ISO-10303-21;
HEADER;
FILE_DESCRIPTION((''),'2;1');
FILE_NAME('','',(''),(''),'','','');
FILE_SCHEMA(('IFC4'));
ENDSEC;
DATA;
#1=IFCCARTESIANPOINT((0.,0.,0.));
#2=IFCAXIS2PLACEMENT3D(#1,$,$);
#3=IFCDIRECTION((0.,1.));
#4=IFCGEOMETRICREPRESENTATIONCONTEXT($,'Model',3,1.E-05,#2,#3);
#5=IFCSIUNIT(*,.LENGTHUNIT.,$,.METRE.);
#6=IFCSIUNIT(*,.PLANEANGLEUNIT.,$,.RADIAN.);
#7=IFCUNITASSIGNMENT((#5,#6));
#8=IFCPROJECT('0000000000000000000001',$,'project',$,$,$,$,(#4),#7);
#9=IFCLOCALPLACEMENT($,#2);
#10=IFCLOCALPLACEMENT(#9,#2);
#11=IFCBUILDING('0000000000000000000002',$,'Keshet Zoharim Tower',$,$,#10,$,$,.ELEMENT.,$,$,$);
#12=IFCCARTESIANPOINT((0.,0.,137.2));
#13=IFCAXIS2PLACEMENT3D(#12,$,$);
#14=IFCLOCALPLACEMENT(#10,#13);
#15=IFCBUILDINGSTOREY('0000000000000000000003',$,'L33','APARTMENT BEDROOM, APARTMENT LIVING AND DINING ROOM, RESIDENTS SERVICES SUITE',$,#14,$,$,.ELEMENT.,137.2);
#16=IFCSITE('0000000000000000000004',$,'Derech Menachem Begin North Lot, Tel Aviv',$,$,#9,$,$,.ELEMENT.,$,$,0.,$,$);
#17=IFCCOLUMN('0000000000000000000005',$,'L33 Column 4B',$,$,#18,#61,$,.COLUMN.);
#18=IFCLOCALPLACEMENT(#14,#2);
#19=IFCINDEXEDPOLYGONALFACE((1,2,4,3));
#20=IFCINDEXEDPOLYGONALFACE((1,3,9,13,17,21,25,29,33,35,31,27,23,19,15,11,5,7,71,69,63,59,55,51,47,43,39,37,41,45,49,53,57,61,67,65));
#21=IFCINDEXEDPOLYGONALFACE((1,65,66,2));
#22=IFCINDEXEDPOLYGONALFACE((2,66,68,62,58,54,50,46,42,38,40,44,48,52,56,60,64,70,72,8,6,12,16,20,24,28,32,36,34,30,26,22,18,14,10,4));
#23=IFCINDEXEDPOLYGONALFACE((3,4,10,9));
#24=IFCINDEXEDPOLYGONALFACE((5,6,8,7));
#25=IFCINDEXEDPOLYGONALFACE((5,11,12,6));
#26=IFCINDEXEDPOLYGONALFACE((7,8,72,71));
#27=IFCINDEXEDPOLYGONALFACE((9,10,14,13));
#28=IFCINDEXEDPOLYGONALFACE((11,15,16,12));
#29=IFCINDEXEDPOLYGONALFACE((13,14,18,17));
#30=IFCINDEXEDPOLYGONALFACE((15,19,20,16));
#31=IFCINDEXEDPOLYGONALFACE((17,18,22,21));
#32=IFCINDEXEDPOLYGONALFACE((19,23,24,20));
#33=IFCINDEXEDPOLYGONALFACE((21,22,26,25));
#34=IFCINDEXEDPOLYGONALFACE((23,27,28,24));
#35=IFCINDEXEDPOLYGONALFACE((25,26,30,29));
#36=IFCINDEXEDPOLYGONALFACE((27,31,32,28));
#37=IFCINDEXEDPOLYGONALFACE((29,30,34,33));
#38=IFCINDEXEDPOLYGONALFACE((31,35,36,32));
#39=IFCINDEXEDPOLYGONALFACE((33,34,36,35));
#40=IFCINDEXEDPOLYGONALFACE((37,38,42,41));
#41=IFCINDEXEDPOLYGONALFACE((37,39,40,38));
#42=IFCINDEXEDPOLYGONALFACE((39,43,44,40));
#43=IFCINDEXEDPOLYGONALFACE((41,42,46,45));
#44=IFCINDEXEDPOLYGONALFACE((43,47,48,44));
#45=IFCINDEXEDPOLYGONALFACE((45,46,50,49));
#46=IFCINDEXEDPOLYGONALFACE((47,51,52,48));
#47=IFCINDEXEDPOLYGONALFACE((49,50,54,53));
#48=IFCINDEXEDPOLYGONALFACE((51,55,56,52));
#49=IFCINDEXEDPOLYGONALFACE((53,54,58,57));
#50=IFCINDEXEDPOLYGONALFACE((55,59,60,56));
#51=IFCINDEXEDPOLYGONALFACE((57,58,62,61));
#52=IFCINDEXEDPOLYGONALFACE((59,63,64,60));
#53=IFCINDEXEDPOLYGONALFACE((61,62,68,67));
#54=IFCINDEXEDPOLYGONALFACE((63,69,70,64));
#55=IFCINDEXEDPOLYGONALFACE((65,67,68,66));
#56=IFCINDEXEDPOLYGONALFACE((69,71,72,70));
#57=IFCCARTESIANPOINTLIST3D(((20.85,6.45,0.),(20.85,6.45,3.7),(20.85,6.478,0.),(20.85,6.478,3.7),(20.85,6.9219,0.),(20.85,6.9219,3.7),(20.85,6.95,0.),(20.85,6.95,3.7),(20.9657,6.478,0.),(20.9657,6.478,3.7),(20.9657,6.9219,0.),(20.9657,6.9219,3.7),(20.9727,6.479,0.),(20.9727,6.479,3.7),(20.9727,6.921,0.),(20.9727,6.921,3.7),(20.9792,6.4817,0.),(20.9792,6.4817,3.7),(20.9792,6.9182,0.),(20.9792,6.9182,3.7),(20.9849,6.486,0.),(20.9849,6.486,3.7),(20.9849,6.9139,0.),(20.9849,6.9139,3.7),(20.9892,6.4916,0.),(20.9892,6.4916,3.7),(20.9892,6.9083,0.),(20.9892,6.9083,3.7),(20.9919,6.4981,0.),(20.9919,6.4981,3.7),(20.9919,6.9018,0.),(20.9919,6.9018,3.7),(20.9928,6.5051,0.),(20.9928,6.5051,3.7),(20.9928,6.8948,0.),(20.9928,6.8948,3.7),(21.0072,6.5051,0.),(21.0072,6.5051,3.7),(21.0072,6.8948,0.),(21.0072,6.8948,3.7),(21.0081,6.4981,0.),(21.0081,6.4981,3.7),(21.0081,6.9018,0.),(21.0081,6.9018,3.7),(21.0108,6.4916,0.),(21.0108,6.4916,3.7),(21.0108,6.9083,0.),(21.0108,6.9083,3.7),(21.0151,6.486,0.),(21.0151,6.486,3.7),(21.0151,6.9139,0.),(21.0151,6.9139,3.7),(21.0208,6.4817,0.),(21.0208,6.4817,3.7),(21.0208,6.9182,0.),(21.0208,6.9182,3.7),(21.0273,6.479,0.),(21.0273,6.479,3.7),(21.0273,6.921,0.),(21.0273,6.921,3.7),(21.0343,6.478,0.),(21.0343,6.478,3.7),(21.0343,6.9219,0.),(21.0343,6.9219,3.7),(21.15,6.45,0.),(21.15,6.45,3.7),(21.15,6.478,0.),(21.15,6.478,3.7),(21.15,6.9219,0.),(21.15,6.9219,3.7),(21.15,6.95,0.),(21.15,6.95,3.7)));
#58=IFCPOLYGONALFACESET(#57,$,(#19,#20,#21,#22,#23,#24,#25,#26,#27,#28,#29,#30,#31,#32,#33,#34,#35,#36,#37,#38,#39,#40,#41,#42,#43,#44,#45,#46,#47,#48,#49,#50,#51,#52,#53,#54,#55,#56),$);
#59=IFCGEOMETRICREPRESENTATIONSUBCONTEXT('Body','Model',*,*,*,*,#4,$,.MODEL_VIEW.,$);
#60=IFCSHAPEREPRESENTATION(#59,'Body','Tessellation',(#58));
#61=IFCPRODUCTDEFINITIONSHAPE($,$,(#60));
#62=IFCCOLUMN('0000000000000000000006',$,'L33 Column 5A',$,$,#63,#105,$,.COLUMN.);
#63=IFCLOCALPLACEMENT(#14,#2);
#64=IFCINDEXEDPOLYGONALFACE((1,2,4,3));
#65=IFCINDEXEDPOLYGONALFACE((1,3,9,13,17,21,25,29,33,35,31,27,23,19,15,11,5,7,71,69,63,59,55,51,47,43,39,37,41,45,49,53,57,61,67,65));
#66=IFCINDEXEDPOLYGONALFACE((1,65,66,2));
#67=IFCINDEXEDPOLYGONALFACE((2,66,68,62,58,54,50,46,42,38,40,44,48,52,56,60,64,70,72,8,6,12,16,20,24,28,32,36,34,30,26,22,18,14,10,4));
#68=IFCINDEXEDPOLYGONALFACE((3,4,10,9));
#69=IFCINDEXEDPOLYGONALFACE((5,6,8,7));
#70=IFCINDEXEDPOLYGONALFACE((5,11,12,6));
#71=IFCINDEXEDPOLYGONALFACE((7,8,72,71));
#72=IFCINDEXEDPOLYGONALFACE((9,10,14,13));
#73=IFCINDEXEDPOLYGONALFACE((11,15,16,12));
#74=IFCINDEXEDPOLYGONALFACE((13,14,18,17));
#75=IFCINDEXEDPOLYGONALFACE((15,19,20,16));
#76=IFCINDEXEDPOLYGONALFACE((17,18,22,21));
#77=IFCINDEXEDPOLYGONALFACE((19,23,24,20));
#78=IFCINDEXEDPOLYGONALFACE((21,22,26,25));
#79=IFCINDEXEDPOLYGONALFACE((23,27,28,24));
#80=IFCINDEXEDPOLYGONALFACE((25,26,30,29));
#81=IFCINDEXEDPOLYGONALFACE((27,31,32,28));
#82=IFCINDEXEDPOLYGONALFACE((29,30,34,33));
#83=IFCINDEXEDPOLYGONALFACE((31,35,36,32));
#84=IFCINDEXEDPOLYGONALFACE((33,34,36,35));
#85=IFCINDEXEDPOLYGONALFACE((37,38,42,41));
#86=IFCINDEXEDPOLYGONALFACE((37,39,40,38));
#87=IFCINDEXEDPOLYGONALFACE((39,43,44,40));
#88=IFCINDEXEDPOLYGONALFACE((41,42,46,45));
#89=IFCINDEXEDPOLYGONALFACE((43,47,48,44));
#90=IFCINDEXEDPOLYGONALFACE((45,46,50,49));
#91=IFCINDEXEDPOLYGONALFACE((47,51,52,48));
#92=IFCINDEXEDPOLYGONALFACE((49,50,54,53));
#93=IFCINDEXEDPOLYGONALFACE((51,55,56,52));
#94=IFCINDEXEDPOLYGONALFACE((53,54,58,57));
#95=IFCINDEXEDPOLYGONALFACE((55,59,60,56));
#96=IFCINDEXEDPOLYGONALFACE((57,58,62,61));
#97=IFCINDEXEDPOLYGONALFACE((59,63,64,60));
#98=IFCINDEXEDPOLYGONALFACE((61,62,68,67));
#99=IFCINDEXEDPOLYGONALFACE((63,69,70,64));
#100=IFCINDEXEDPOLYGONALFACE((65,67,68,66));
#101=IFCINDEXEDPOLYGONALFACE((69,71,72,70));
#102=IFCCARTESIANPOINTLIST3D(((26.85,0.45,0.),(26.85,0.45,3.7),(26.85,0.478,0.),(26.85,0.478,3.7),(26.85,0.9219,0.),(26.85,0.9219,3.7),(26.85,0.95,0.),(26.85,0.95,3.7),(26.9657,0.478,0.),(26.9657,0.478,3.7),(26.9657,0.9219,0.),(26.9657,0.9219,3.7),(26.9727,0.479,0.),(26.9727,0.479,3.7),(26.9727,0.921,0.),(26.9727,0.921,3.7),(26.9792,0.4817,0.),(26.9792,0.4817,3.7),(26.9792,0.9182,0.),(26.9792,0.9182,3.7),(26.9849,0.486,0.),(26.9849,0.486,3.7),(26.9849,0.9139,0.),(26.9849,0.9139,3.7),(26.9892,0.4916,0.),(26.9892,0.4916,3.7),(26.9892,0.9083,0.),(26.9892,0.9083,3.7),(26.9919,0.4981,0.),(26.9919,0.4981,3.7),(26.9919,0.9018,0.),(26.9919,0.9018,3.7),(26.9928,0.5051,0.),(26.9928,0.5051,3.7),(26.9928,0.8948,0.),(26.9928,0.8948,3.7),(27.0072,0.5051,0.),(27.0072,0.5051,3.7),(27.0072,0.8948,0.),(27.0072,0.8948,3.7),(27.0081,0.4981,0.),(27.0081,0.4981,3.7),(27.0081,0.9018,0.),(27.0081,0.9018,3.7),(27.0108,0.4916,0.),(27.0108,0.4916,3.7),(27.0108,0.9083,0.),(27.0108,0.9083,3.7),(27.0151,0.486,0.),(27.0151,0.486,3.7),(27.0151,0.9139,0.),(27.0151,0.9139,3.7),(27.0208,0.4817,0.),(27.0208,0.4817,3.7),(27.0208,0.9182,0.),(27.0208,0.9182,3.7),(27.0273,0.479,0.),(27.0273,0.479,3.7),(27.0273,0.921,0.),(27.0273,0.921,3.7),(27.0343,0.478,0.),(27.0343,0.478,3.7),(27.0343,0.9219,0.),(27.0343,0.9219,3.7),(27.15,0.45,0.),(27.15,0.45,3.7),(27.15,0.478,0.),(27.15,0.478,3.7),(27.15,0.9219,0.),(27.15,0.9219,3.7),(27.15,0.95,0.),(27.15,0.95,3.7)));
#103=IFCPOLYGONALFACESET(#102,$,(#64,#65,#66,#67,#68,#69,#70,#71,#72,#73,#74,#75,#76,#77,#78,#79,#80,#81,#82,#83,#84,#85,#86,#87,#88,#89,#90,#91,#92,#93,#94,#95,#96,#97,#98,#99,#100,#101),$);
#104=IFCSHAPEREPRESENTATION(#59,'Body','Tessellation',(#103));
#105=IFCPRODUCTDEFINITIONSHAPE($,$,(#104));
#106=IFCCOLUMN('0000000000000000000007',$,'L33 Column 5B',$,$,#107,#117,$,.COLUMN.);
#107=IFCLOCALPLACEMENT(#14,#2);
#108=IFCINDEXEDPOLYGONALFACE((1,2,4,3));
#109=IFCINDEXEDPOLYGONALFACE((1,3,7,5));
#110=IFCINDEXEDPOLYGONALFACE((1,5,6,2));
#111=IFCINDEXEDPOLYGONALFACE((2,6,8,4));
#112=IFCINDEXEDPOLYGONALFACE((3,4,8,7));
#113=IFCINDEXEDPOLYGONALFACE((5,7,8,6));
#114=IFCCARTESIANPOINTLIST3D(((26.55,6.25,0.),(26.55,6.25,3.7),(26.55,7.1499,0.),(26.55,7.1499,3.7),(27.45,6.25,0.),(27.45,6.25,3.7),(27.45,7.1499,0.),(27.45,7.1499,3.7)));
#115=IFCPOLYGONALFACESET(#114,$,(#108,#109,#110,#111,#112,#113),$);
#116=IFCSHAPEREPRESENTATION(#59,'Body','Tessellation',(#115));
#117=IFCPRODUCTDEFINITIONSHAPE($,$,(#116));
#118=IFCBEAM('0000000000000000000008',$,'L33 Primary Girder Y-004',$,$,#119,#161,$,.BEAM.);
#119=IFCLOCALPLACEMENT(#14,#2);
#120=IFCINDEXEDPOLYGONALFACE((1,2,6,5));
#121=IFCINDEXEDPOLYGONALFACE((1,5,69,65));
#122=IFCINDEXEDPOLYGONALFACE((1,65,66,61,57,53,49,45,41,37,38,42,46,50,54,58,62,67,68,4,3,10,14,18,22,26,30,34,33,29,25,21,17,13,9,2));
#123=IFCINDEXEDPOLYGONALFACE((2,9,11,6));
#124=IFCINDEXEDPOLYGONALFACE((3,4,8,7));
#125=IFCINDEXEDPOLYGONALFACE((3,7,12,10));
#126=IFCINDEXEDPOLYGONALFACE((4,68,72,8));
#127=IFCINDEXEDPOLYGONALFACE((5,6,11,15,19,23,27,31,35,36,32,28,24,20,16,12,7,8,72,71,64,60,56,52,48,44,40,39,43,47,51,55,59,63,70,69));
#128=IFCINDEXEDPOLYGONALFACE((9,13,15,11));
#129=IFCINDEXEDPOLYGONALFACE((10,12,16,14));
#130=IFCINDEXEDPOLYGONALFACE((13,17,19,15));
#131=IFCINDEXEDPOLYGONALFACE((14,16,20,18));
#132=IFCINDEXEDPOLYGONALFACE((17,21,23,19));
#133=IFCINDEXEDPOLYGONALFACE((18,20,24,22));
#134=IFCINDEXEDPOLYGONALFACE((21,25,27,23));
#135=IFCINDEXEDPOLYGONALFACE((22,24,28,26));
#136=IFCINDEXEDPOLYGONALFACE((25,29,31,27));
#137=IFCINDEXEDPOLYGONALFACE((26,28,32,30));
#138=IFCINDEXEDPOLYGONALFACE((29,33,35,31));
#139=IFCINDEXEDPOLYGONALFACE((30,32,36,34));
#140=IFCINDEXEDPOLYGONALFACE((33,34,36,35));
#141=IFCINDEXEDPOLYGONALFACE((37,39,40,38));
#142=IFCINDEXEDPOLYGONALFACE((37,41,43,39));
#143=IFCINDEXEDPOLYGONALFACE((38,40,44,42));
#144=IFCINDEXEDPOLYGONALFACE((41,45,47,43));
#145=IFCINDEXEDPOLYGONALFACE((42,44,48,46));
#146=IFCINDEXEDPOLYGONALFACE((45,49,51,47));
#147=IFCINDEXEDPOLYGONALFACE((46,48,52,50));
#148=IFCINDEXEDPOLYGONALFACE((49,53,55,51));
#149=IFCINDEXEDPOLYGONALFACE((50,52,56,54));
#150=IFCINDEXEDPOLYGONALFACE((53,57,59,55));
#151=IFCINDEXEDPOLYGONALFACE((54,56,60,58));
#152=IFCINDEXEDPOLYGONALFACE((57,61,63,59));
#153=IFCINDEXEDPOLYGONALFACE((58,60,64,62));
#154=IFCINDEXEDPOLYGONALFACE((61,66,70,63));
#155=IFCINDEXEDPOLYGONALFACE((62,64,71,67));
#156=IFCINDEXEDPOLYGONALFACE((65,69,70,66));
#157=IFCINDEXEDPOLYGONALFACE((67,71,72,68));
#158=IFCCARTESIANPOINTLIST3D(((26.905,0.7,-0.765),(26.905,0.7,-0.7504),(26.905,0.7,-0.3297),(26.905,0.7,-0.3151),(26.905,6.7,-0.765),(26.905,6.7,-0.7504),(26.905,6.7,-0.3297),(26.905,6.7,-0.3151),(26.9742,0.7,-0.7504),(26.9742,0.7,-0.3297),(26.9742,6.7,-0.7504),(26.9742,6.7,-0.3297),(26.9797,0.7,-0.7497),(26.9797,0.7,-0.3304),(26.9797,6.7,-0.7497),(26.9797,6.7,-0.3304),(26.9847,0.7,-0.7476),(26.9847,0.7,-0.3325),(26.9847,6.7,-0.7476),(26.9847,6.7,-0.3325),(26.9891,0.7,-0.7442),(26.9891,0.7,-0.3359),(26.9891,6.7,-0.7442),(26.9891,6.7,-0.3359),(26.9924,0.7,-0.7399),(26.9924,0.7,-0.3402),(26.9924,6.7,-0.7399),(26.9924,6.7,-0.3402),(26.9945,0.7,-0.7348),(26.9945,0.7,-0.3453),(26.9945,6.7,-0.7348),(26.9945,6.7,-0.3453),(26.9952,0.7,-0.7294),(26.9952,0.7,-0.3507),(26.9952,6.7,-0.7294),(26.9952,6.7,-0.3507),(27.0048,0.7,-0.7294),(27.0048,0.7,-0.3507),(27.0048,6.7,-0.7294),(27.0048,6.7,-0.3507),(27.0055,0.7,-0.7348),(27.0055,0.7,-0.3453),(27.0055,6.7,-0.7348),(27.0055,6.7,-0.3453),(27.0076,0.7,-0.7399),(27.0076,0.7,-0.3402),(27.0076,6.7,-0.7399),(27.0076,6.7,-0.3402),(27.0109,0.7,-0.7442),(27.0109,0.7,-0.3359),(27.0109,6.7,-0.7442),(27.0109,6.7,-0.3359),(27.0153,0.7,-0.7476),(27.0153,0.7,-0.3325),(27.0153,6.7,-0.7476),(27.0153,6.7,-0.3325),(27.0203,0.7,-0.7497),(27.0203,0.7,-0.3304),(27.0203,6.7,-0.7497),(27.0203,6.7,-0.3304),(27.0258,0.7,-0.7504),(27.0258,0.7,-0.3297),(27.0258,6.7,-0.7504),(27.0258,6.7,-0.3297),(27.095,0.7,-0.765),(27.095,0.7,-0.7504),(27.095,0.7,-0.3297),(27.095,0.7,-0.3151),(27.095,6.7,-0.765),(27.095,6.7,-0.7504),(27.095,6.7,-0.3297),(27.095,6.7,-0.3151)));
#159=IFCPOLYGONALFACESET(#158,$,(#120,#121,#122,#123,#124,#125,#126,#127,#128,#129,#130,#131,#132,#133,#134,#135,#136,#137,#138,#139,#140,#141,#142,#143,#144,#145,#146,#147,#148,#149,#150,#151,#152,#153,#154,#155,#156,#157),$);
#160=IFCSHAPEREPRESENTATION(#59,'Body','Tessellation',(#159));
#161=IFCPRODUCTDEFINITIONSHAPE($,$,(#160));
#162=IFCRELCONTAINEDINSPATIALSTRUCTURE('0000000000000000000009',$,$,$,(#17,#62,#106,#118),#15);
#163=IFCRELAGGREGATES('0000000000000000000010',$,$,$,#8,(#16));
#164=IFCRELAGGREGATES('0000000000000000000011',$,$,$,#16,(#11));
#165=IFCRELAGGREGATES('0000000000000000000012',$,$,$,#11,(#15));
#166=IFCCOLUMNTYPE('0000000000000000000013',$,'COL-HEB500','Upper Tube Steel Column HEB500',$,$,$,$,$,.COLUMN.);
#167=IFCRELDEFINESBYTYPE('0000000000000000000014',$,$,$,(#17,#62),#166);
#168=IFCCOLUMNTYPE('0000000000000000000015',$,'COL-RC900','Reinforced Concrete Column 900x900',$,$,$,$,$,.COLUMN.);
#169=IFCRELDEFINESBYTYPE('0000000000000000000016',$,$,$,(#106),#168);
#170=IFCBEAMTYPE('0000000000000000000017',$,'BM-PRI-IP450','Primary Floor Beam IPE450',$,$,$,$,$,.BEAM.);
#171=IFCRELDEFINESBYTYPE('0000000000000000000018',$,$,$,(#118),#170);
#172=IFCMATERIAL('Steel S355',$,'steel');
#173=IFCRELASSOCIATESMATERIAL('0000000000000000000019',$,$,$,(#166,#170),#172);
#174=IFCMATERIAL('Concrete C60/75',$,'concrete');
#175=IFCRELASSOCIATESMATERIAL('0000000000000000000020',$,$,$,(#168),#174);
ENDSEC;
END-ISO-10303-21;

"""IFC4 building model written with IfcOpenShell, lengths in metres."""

from ifc_helpers import new_model, si_unit, direction, frame, origin, origin_2d, place, context, subcontext, project, spatial, rectangle, i_section, extrude, material, material_profile, profile_set, type_object, element, save


model = new_model("IFC4")

# Units and contexts
model_context = context("Model", 3, precision=1e-05, world=origin(), true_north=direction((0.0, 1.0)))
body_context = subcontext(model_context, "Body", "Model", "MODEL_VIEW")
ifc_project = project(units=[si_unit("LENGTHUNIT", "METRE"), si_unit("PLANEANGLEUNIT", "RADIAN")], contexts=[model_context])

# Site, building, storey
site_placement = place(None, origin())
site = spatial("IfcSite", under=ifc_project, at=site_placement, Name="Derech Menachem Begin North Lot, Tel Aviv", CompositionType="ELEMENT", RefElevation=0.0)
building_placement = place(site_placement, origin())
building = spatial("IfcBuilding", under=site, at=building_placement, Name="Keshet Zoharim Tower", CompositionType="ELEMENT")
storey_placement = place(building_placement, frame((0.0, 0.0, 137.2)))
storey = spatial("IfcBuildingStorey", under=building, at=storey_placement, Name="L33", Description="APARTMENT BEDROOM, APARTMENT LIVING AND DINING ROOM, RESIDENTS SERVICES SUITE", CompositionType="ELEMENT", Elevation=137.2)

# Columns
ifc_material_1 = material(Name="Steel S355", Category="steel")
ifc_material_profile_1 = material_profile(ifc_material_1, i_section(OverallWidth=0.3, OverallDepth=0.5, WebThickness=0.0144, FlangeThickness=0.0281, FilletRadius=0.0271, at=origin_2d()), Name="HEB500")
ifc_profile_set_1 = profile_set([ifc_material_profile_1], Name="Steel S355")
column_type_1 = type_object("IfcColumnType", Name="COL-HEB500", Description="Upper Tube Steel Column HEB500", PredefinedType="COLUMN", material=ifc_profile_set_1)
for number, where, z_axis, x_axis, name in (
    (1, (21.0, 6.7, 0.0), (0.0, 0.0, 1.0), (1.0, 0.0, 0.0), "L33 Column 4B"),
    (2, (27.0, 0.7, 0.0), (0.0, 0.0, 1.0), (1.0, 0.0, 0.0), "L33 Column 5A"),
):
    element("IfcColumn", number, at=place(storey_placement, frame(where, z_axis=z_axis, x_axis=x_axis)), inside=storey, type_object=column_type_1, Name=name, PredefinedType="COLUMN", context=body_context, shape_type="SweptSolid", body=[
        extrude(i_section(OverallWidth=0.3, OverallDepth=0.5, WebThickness=0.0144, FlangeThickness=0.0281, FilletRadius=0.0271, at=origin_2d()), origin(), (0.0, 0.0, 1.0), 3.7),
    ])
ifc_material_2 = material(Name="Concrete C60/75", Category="concrete")
ifc_material_profile_2 = material_profile(ifc_material_2, rectangle(XDim=0.8999, YDim=0.8999, at=origin_2d()), Name="RC900x900")
ifc_profile_set_2 = profile_set([ifc_material_profile_2], Name="Concrete C60/75")
column_type_2 = type_object("IfcColumnType", Name="COL-RC900", Description="Reinforced Concrete Column 900x900", PredefinedType="COLUMN", material=ifc_profile_set_2)
column_placement = place(storey_placement, frame((27.0, 6.7, 0.0), z_axis=(0.0, 0.0, 1.0), x_axis=(1.0, 0.0, 0.0)))
element("IfcColumn", 3, at=column_placement, inside=storey, type_object=column_type_2, Name="L33 Column 5B", PredefinedType="COLUMN", context=body_context, shape_type="SweptSolid", body=[
    extrude(rectangle(XDim=0.8999, YDim=0.8999, at=origin_2d()), origin(), (0.0, 0.0, 1.0), 3.7),
])

# Beam
ifc_material_profile_3 = material_profile(ifc_material_1, i_section(OverallWidth=0.1899, OverallDepth=0.45, WebThickness=0.0095, FlangeThickness=0.0146, FilletRadius=0.021, at=origin_2d()), Name="IPE450")
ifc_profile_set_3 = profile_set([ifc_material_profile_3], Name="Steel S355")
beam_type_1 = type_object("IfcBeamType", Name="BM-PRI-IP450", Description="Primary Floor Beam IPE450", PredefinedType="BEAM", material=ifc_profile_set_3)
beam_1_placement = place(storey_placement, frame((27.0, 0.7, -0.54), z_axis=(0.0, 1.0, 0.0), x_axis=(-1.0, 0.0, 0.0)))
element("IfcBeam", 4, at=beam_1_placement, inside=storey, type_object=beam_type_1, Name="L33 Primary Girder Y-004", PredefinedType="BEAM", context=body_context, shape_type="SweptSolid", body=[
    extrude(i_section(OverallWidth=0.1899, OverallDepth=0.45, WebThickness=0.0095, FlangeThickness=0.0146, FilletRadius=0.021, at=origin_2d()), origin(), (0.0, 0.0, 1.0), 6.0),
])

save(model, "model.ifc")
